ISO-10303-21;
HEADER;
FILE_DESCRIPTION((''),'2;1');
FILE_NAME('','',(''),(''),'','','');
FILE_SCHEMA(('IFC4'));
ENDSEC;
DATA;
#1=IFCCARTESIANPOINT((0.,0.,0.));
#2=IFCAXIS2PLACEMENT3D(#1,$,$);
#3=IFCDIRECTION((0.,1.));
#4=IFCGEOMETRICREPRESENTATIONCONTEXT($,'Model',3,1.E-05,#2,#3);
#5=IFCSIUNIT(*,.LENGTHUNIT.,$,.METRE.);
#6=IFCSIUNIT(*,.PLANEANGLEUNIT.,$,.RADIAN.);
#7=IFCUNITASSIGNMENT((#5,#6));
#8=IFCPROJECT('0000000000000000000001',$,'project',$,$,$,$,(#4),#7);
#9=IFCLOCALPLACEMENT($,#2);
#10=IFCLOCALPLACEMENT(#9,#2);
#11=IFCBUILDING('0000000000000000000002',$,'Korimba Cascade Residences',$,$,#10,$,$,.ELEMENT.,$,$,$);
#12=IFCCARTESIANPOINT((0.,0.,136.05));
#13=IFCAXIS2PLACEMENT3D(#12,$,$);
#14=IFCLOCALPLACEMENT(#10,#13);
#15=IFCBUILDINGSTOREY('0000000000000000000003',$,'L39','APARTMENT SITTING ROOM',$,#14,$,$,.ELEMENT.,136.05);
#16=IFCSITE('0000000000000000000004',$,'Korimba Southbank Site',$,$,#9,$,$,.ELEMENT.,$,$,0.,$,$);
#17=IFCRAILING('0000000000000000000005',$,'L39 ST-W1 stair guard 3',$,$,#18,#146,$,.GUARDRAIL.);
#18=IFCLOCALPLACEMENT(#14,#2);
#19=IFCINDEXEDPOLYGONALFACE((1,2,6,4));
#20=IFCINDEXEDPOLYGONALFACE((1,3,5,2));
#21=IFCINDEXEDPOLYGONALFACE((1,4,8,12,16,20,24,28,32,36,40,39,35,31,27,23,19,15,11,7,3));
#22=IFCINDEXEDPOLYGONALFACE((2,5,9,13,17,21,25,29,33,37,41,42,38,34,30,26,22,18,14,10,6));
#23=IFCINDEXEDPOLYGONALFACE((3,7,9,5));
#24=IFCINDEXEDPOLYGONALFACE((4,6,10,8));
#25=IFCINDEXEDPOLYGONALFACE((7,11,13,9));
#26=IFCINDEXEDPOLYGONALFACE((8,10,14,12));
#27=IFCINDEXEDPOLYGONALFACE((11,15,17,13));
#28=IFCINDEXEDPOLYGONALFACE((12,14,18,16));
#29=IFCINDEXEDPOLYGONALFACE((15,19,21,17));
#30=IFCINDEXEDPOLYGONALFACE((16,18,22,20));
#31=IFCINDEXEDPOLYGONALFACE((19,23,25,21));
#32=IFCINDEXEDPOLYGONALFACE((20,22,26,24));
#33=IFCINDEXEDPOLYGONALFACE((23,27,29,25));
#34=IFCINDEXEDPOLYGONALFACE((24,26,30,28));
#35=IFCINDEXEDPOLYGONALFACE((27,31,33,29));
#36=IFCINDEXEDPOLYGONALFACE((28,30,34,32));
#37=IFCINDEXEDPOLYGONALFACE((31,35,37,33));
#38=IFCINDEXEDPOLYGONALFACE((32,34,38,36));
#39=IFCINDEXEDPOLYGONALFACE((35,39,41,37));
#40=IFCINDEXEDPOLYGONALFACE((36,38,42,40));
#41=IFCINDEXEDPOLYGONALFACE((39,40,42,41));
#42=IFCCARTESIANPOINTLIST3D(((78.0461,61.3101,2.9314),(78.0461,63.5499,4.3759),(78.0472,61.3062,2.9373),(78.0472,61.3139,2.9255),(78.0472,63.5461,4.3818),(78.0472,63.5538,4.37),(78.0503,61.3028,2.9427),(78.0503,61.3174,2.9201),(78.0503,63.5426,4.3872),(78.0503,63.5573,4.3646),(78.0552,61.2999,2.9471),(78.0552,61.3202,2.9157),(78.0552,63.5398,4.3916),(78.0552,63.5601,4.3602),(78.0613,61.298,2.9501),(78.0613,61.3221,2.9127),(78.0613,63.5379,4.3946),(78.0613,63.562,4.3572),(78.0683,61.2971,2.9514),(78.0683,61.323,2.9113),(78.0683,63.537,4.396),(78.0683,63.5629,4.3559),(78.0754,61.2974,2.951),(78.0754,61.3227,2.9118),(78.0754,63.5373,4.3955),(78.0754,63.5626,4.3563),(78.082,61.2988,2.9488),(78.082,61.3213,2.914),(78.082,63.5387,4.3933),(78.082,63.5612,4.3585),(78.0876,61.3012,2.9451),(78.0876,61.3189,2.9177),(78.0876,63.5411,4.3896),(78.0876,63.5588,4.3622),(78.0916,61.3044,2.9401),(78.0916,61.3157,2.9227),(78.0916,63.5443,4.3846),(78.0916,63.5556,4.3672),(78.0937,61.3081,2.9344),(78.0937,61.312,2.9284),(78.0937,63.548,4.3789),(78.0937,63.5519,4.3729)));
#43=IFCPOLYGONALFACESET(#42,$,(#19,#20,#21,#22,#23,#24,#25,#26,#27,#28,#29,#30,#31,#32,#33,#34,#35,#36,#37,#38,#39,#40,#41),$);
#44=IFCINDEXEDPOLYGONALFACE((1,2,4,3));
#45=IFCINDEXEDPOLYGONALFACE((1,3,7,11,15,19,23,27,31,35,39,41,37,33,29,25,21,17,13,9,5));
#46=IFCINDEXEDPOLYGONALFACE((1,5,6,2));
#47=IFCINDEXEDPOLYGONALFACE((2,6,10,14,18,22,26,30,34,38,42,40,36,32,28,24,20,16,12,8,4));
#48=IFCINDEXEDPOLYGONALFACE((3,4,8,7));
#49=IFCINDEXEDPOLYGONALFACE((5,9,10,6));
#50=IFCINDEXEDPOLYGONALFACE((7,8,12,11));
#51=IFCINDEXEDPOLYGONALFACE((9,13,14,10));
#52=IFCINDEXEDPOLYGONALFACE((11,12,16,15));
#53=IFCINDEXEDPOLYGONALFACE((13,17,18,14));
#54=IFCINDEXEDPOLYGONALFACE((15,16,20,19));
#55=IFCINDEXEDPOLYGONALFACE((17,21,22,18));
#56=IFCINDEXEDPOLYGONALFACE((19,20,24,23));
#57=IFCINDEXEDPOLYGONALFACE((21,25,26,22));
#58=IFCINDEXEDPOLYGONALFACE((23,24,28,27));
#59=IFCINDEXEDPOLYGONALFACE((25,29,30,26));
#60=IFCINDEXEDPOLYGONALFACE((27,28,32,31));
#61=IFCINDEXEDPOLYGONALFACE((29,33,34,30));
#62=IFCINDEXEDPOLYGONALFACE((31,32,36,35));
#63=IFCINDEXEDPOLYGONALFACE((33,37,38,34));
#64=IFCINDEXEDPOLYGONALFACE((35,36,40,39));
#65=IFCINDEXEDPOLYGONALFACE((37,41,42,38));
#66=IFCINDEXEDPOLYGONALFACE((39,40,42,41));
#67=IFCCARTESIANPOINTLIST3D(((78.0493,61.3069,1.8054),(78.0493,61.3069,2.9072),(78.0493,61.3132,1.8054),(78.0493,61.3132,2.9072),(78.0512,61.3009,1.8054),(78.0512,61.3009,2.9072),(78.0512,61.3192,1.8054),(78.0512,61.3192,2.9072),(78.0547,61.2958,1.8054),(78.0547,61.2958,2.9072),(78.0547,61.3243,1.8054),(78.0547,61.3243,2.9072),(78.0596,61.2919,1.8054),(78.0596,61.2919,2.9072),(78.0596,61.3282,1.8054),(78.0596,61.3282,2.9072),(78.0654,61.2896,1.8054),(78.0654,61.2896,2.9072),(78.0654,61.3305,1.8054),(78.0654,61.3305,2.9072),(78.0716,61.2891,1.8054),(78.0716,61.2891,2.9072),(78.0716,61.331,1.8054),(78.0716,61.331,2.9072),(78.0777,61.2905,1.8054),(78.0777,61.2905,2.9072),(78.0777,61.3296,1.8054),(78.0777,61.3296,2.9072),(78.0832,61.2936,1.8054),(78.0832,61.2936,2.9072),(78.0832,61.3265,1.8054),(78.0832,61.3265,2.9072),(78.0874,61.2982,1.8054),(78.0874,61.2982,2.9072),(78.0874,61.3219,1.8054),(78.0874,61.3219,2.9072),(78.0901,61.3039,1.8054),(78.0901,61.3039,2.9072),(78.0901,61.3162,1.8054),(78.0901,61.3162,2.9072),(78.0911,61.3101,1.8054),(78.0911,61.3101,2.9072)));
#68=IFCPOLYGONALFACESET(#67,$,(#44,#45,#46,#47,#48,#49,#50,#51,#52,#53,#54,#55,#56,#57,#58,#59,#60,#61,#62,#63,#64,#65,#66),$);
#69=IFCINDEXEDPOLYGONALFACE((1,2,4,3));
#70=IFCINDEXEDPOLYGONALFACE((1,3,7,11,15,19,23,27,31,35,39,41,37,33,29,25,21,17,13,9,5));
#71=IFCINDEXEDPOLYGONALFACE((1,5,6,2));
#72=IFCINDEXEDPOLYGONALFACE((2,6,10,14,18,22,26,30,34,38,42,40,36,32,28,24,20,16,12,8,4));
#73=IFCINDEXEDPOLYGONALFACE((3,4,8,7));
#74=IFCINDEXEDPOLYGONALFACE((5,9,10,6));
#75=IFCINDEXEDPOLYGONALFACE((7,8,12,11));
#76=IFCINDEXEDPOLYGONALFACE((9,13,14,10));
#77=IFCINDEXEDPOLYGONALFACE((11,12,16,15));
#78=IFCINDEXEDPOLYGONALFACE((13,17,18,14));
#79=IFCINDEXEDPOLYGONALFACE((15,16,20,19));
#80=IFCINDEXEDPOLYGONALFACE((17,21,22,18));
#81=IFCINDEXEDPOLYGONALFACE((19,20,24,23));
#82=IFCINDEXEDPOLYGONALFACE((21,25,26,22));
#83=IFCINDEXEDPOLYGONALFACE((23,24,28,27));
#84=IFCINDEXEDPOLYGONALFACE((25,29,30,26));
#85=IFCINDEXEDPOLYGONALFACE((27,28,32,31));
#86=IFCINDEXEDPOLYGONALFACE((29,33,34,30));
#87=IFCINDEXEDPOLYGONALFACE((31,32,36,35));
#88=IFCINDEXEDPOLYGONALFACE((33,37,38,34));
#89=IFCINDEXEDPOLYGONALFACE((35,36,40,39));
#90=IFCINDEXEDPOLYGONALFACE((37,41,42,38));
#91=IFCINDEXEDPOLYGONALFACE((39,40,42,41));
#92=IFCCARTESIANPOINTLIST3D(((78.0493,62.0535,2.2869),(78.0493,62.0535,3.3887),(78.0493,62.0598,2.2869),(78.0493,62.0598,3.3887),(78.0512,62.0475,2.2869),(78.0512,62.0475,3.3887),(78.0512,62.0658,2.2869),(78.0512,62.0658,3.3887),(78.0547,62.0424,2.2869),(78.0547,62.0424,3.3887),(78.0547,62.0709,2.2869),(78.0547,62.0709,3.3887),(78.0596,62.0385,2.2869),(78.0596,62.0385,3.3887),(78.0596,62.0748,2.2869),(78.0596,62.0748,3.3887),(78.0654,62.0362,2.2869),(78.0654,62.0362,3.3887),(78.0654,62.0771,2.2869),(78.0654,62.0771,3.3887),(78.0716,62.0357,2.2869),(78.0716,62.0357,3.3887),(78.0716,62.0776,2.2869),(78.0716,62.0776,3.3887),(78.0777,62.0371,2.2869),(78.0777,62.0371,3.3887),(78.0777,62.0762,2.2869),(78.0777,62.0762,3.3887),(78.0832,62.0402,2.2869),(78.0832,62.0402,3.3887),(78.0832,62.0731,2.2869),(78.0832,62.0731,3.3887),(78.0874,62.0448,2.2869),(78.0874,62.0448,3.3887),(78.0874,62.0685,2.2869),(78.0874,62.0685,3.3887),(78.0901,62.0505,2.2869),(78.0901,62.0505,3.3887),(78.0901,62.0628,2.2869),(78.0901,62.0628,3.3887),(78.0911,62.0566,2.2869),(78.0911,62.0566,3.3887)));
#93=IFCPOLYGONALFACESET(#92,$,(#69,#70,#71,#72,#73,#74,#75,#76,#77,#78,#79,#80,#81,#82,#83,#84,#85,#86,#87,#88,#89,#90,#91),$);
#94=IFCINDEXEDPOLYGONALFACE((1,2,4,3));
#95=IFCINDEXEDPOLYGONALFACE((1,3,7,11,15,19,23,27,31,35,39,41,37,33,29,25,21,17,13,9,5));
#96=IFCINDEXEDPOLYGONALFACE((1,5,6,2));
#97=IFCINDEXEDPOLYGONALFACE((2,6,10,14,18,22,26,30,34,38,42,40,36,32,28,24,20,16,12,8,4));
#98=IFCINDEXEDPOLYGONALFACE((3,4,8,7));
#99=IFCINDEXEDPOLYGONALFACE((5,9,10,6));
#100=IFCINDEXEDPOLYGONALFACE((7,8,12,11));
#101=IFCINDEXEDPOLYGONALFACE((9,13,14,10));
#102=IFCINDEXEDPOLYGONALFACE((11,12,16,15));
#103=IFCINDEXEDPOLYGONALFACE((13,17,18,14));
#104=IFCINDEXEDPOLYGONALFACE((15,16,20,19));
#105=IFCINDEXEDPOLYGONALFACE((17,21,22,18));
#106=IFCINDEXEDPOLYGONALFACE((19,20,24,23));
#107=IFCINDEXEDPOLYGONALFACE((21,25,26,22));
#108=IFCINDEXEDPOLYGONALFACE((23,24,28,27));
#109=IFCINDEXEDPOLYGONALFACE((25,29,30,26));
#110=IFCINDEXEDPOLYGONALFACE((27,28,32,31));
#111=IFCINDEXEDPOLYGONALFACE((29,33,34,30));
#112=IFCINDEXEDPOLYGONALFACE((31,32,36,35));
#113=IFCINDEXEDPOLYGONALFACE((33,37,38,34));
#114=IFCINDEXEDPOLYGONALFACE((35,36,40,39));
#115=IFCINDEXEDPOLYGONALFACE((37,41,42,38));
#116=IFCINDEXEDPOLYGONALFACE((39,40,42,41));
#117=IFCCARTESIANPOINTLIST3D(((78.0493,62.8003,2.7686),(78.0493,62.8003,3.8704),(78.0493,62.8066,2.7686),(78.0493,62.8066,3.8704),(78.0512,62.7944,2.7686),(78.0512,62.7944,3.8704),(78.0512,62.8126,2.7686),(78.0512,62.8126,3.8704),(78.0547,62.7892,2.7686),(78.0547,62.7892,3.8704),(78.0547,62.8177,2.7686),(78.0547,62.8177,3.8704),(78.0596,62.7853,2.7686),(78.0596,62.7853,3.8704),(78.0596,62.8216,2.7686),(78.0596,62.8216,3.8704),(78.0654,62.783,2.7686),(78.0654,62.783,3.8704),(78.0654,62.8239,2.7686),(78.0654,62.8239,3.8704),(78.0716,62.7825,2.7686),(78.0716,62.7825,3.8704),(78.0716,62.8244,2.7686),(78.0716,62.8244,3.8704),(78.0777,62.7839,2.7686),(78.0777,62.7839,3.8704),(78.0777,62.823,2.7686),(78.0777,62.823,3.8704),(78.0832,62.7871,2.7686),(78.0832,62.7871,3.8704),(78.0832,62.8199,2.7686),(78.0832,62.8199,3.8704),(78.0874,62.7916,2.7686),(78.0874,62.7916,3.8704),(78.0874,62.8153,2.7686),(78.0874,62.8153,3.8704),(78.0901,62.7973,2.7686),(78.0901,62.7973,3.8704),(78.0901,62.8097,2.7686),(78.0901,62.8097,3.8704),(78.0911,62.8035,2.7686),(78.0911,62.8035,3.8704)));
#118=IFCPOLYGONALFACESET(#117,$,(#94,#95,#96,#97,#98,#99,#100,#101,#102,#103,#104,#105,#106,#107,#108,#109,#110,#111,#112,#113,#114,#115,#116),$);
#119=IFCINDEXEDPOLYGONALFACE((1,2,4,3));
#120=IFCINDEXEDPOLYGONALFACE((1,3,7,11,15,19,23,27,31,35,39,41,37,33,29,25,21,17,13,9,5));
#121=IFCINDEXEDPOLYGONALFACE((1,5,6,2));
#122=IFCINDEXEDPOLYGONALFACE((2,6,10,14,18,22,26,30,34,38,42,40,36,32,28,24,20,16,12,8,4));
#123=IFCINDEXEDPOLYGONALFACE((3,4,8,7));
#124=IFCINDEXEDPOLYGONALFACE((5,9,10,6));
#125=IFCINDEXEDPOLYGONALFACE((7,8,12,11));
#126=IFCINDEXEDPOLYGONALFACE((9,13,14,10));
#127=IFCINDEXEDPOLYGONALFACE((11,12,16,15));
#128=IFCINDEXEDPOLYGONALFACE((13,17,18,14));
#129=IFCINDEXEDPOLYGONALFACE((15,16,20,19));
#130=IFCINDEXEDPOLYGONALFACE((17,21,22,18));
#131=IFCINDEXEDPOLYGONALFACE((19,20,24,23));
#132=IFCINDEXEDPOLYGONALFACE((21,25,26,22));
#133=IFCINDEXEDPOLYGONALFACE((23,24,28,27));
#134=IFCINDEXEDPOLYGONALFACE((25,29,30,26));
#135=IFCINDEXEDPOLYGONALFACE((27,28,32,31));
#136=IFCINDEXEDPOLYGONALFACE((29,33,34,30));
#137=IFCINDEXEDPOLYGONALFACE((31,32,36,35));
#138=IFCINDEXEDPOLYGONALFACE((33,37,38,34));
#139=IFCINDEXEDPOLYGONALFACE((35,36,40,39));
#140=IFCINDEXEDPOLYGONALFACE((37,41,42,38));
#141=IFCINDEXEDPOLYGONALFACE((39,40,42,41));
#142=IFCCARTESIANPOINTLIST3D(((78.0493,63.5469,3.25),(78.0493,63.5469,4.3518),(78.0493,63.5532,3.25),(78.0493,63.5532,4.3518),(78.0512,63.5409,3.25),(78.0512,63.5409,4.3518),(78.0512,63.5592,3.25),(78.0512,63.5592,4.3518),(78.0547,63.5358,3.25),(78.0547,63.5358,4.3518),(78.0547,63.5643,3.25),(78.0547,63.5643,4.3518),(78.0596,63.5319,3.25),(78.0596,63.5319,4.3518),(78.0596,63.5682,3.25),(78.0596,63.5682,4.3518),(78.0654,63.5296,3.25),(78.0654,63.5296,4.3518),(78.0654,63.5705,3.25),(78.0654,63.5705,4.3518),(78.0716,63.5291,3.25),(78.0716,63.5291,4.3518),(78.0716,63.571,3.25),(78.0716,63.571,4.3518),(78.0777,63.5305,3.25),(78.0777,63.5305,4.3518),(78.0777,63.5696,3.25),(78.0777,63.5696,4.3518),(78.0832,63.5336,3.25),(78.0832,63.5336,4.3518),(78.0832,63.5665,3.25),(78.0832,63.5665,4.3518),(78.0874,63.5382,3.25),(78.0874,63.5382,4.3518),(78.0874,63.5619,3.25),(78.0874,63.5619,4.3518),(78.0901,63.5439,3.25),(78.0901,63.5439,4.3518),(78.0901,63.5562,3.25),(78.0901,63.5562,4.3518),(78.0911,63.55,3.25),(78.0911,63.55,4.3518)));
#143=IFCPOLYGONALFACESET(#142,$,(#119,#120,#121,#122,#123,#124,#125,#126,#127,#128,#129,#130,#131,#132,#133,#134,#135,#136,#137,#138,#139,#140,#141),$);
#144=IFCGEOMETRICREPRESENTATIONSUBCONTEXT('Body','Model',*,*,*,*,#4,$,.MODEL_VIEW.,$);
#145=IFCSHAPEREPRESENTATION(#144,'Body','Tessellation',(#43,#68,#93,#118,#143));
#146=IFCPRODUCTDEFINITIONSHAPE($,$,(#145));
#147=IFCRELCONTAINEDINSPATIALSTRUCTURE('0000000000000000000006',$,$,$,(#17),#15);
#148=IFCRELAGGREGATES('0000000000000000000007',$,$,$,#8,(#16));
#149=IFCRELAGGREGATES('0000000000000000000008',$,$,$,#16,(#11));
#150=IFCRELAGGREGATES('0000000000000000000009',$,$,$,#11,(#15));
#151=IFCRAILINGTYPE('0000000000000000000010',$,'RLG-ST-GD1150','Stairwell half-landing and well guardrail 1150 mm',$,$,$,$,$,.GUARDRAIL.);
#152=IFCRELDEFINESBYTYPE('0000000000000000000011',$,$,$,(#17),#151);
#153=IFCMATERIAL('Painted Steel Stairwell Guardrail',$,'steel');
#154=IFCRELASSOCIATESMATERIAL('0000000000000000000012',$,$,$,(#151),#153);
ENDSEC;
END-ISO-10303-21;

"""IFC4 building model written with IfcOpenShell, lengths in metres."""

from ifc_helpers import new_model, si_unit, direction, frame, origin, origin_2d, place, context, subcontext, project, spatial, circle, extrude, material, type_object, element, save


model = new_model("IFC4")

# Units and contexts
model_context = context("Model", 3, precision=1e-05, world=origin(), true_north=direction((0.0, 1.0)))
body_context = subcontext(model_context, "Body", "Model", "MODEL_VIEW")
ifc_project = project(units=[si_unit("LENGTHUNIT", "METRE"), si_unit("PLANEANGLEUNIT", "RADIAN")], contexts=[model_context])

# Site, building, storey
site_placement = place(None, origin())
site = spatial("IfcSite", under=ifc_project, at=site_placement, Name="Korimba Southbank Site", CompositionType="ELEMENT", RefElevation=0.0)
building_placement = place(site_placement, origin())
building = spatial("IfcBuilding", under=site, at=building_placement, Name="Korimba Cascade Residences", CompositionType="ELEMENT")
storey_placement = place(building_placement, frame((0.0, 0.0, 136.05)))
storey = spatial("IfcBuildingStorey", under=building, at=storey_placement, Name="L39", Description="APARTMENT SITTING ROOM", CompositionType="ELEMENT", Elevation=136.05)

# Railing
ifc_material_1 = material(Name="Painted Steel Stairwell Guardrail", Category="steel")
railing_type_1 = type_object("IfcRailingType", Name="RLG-ST-GD1150", Description="Stairwell half-landing and well guardrail 1150 mm", PredefinedType="GUARDRAIL", material=ifc_material_1)
railing_1_placement = place(storey_placement, frame((78.0701, 61.3101, 1.8054)))
element("IfcRailing", 1, at=railing_1_placement, inside=storey, type_object=railing_type_1, Name="L39 ST-W1 stair guard 3", PredefinedType="GUARDRAIL", context=body_context, shape_type="SweptSolid", body=[
    extrude(circle(Radius=0.0239, at=origin_2d()), frame((0.0, 0.0, 1.126), z_axis=(0.0, 0.840395, 0.541975), x_axis=(-1.0, 0.0, 0.0)), (0.0, 0.0, 1.0), 2.6653),
    extrude(circle(Radius=0.021, at=origin_2d()), origin(), (0.0, 0.0, 1.0), 1.1018),
    extrude(circle(Radius=0.021, at=origin_2d()), frame((0.0, 0.7466, 0.4814)), (0.0, 0.0, 1.0), 1.1018),
    extrude(circle(Radius=0.021, at=origin_2d()), frame((0.0, 1.4934, 0.9631)), (0.0, 0.0, 1.0), 1.1018),
    extrude(circle(Radius=0.021, at=origin_2d()), frame((0.0, 2.24, 1.4446)), (0.0, 0.0, 1.0), 1.1018),
])

save(model, "model.ifc")
